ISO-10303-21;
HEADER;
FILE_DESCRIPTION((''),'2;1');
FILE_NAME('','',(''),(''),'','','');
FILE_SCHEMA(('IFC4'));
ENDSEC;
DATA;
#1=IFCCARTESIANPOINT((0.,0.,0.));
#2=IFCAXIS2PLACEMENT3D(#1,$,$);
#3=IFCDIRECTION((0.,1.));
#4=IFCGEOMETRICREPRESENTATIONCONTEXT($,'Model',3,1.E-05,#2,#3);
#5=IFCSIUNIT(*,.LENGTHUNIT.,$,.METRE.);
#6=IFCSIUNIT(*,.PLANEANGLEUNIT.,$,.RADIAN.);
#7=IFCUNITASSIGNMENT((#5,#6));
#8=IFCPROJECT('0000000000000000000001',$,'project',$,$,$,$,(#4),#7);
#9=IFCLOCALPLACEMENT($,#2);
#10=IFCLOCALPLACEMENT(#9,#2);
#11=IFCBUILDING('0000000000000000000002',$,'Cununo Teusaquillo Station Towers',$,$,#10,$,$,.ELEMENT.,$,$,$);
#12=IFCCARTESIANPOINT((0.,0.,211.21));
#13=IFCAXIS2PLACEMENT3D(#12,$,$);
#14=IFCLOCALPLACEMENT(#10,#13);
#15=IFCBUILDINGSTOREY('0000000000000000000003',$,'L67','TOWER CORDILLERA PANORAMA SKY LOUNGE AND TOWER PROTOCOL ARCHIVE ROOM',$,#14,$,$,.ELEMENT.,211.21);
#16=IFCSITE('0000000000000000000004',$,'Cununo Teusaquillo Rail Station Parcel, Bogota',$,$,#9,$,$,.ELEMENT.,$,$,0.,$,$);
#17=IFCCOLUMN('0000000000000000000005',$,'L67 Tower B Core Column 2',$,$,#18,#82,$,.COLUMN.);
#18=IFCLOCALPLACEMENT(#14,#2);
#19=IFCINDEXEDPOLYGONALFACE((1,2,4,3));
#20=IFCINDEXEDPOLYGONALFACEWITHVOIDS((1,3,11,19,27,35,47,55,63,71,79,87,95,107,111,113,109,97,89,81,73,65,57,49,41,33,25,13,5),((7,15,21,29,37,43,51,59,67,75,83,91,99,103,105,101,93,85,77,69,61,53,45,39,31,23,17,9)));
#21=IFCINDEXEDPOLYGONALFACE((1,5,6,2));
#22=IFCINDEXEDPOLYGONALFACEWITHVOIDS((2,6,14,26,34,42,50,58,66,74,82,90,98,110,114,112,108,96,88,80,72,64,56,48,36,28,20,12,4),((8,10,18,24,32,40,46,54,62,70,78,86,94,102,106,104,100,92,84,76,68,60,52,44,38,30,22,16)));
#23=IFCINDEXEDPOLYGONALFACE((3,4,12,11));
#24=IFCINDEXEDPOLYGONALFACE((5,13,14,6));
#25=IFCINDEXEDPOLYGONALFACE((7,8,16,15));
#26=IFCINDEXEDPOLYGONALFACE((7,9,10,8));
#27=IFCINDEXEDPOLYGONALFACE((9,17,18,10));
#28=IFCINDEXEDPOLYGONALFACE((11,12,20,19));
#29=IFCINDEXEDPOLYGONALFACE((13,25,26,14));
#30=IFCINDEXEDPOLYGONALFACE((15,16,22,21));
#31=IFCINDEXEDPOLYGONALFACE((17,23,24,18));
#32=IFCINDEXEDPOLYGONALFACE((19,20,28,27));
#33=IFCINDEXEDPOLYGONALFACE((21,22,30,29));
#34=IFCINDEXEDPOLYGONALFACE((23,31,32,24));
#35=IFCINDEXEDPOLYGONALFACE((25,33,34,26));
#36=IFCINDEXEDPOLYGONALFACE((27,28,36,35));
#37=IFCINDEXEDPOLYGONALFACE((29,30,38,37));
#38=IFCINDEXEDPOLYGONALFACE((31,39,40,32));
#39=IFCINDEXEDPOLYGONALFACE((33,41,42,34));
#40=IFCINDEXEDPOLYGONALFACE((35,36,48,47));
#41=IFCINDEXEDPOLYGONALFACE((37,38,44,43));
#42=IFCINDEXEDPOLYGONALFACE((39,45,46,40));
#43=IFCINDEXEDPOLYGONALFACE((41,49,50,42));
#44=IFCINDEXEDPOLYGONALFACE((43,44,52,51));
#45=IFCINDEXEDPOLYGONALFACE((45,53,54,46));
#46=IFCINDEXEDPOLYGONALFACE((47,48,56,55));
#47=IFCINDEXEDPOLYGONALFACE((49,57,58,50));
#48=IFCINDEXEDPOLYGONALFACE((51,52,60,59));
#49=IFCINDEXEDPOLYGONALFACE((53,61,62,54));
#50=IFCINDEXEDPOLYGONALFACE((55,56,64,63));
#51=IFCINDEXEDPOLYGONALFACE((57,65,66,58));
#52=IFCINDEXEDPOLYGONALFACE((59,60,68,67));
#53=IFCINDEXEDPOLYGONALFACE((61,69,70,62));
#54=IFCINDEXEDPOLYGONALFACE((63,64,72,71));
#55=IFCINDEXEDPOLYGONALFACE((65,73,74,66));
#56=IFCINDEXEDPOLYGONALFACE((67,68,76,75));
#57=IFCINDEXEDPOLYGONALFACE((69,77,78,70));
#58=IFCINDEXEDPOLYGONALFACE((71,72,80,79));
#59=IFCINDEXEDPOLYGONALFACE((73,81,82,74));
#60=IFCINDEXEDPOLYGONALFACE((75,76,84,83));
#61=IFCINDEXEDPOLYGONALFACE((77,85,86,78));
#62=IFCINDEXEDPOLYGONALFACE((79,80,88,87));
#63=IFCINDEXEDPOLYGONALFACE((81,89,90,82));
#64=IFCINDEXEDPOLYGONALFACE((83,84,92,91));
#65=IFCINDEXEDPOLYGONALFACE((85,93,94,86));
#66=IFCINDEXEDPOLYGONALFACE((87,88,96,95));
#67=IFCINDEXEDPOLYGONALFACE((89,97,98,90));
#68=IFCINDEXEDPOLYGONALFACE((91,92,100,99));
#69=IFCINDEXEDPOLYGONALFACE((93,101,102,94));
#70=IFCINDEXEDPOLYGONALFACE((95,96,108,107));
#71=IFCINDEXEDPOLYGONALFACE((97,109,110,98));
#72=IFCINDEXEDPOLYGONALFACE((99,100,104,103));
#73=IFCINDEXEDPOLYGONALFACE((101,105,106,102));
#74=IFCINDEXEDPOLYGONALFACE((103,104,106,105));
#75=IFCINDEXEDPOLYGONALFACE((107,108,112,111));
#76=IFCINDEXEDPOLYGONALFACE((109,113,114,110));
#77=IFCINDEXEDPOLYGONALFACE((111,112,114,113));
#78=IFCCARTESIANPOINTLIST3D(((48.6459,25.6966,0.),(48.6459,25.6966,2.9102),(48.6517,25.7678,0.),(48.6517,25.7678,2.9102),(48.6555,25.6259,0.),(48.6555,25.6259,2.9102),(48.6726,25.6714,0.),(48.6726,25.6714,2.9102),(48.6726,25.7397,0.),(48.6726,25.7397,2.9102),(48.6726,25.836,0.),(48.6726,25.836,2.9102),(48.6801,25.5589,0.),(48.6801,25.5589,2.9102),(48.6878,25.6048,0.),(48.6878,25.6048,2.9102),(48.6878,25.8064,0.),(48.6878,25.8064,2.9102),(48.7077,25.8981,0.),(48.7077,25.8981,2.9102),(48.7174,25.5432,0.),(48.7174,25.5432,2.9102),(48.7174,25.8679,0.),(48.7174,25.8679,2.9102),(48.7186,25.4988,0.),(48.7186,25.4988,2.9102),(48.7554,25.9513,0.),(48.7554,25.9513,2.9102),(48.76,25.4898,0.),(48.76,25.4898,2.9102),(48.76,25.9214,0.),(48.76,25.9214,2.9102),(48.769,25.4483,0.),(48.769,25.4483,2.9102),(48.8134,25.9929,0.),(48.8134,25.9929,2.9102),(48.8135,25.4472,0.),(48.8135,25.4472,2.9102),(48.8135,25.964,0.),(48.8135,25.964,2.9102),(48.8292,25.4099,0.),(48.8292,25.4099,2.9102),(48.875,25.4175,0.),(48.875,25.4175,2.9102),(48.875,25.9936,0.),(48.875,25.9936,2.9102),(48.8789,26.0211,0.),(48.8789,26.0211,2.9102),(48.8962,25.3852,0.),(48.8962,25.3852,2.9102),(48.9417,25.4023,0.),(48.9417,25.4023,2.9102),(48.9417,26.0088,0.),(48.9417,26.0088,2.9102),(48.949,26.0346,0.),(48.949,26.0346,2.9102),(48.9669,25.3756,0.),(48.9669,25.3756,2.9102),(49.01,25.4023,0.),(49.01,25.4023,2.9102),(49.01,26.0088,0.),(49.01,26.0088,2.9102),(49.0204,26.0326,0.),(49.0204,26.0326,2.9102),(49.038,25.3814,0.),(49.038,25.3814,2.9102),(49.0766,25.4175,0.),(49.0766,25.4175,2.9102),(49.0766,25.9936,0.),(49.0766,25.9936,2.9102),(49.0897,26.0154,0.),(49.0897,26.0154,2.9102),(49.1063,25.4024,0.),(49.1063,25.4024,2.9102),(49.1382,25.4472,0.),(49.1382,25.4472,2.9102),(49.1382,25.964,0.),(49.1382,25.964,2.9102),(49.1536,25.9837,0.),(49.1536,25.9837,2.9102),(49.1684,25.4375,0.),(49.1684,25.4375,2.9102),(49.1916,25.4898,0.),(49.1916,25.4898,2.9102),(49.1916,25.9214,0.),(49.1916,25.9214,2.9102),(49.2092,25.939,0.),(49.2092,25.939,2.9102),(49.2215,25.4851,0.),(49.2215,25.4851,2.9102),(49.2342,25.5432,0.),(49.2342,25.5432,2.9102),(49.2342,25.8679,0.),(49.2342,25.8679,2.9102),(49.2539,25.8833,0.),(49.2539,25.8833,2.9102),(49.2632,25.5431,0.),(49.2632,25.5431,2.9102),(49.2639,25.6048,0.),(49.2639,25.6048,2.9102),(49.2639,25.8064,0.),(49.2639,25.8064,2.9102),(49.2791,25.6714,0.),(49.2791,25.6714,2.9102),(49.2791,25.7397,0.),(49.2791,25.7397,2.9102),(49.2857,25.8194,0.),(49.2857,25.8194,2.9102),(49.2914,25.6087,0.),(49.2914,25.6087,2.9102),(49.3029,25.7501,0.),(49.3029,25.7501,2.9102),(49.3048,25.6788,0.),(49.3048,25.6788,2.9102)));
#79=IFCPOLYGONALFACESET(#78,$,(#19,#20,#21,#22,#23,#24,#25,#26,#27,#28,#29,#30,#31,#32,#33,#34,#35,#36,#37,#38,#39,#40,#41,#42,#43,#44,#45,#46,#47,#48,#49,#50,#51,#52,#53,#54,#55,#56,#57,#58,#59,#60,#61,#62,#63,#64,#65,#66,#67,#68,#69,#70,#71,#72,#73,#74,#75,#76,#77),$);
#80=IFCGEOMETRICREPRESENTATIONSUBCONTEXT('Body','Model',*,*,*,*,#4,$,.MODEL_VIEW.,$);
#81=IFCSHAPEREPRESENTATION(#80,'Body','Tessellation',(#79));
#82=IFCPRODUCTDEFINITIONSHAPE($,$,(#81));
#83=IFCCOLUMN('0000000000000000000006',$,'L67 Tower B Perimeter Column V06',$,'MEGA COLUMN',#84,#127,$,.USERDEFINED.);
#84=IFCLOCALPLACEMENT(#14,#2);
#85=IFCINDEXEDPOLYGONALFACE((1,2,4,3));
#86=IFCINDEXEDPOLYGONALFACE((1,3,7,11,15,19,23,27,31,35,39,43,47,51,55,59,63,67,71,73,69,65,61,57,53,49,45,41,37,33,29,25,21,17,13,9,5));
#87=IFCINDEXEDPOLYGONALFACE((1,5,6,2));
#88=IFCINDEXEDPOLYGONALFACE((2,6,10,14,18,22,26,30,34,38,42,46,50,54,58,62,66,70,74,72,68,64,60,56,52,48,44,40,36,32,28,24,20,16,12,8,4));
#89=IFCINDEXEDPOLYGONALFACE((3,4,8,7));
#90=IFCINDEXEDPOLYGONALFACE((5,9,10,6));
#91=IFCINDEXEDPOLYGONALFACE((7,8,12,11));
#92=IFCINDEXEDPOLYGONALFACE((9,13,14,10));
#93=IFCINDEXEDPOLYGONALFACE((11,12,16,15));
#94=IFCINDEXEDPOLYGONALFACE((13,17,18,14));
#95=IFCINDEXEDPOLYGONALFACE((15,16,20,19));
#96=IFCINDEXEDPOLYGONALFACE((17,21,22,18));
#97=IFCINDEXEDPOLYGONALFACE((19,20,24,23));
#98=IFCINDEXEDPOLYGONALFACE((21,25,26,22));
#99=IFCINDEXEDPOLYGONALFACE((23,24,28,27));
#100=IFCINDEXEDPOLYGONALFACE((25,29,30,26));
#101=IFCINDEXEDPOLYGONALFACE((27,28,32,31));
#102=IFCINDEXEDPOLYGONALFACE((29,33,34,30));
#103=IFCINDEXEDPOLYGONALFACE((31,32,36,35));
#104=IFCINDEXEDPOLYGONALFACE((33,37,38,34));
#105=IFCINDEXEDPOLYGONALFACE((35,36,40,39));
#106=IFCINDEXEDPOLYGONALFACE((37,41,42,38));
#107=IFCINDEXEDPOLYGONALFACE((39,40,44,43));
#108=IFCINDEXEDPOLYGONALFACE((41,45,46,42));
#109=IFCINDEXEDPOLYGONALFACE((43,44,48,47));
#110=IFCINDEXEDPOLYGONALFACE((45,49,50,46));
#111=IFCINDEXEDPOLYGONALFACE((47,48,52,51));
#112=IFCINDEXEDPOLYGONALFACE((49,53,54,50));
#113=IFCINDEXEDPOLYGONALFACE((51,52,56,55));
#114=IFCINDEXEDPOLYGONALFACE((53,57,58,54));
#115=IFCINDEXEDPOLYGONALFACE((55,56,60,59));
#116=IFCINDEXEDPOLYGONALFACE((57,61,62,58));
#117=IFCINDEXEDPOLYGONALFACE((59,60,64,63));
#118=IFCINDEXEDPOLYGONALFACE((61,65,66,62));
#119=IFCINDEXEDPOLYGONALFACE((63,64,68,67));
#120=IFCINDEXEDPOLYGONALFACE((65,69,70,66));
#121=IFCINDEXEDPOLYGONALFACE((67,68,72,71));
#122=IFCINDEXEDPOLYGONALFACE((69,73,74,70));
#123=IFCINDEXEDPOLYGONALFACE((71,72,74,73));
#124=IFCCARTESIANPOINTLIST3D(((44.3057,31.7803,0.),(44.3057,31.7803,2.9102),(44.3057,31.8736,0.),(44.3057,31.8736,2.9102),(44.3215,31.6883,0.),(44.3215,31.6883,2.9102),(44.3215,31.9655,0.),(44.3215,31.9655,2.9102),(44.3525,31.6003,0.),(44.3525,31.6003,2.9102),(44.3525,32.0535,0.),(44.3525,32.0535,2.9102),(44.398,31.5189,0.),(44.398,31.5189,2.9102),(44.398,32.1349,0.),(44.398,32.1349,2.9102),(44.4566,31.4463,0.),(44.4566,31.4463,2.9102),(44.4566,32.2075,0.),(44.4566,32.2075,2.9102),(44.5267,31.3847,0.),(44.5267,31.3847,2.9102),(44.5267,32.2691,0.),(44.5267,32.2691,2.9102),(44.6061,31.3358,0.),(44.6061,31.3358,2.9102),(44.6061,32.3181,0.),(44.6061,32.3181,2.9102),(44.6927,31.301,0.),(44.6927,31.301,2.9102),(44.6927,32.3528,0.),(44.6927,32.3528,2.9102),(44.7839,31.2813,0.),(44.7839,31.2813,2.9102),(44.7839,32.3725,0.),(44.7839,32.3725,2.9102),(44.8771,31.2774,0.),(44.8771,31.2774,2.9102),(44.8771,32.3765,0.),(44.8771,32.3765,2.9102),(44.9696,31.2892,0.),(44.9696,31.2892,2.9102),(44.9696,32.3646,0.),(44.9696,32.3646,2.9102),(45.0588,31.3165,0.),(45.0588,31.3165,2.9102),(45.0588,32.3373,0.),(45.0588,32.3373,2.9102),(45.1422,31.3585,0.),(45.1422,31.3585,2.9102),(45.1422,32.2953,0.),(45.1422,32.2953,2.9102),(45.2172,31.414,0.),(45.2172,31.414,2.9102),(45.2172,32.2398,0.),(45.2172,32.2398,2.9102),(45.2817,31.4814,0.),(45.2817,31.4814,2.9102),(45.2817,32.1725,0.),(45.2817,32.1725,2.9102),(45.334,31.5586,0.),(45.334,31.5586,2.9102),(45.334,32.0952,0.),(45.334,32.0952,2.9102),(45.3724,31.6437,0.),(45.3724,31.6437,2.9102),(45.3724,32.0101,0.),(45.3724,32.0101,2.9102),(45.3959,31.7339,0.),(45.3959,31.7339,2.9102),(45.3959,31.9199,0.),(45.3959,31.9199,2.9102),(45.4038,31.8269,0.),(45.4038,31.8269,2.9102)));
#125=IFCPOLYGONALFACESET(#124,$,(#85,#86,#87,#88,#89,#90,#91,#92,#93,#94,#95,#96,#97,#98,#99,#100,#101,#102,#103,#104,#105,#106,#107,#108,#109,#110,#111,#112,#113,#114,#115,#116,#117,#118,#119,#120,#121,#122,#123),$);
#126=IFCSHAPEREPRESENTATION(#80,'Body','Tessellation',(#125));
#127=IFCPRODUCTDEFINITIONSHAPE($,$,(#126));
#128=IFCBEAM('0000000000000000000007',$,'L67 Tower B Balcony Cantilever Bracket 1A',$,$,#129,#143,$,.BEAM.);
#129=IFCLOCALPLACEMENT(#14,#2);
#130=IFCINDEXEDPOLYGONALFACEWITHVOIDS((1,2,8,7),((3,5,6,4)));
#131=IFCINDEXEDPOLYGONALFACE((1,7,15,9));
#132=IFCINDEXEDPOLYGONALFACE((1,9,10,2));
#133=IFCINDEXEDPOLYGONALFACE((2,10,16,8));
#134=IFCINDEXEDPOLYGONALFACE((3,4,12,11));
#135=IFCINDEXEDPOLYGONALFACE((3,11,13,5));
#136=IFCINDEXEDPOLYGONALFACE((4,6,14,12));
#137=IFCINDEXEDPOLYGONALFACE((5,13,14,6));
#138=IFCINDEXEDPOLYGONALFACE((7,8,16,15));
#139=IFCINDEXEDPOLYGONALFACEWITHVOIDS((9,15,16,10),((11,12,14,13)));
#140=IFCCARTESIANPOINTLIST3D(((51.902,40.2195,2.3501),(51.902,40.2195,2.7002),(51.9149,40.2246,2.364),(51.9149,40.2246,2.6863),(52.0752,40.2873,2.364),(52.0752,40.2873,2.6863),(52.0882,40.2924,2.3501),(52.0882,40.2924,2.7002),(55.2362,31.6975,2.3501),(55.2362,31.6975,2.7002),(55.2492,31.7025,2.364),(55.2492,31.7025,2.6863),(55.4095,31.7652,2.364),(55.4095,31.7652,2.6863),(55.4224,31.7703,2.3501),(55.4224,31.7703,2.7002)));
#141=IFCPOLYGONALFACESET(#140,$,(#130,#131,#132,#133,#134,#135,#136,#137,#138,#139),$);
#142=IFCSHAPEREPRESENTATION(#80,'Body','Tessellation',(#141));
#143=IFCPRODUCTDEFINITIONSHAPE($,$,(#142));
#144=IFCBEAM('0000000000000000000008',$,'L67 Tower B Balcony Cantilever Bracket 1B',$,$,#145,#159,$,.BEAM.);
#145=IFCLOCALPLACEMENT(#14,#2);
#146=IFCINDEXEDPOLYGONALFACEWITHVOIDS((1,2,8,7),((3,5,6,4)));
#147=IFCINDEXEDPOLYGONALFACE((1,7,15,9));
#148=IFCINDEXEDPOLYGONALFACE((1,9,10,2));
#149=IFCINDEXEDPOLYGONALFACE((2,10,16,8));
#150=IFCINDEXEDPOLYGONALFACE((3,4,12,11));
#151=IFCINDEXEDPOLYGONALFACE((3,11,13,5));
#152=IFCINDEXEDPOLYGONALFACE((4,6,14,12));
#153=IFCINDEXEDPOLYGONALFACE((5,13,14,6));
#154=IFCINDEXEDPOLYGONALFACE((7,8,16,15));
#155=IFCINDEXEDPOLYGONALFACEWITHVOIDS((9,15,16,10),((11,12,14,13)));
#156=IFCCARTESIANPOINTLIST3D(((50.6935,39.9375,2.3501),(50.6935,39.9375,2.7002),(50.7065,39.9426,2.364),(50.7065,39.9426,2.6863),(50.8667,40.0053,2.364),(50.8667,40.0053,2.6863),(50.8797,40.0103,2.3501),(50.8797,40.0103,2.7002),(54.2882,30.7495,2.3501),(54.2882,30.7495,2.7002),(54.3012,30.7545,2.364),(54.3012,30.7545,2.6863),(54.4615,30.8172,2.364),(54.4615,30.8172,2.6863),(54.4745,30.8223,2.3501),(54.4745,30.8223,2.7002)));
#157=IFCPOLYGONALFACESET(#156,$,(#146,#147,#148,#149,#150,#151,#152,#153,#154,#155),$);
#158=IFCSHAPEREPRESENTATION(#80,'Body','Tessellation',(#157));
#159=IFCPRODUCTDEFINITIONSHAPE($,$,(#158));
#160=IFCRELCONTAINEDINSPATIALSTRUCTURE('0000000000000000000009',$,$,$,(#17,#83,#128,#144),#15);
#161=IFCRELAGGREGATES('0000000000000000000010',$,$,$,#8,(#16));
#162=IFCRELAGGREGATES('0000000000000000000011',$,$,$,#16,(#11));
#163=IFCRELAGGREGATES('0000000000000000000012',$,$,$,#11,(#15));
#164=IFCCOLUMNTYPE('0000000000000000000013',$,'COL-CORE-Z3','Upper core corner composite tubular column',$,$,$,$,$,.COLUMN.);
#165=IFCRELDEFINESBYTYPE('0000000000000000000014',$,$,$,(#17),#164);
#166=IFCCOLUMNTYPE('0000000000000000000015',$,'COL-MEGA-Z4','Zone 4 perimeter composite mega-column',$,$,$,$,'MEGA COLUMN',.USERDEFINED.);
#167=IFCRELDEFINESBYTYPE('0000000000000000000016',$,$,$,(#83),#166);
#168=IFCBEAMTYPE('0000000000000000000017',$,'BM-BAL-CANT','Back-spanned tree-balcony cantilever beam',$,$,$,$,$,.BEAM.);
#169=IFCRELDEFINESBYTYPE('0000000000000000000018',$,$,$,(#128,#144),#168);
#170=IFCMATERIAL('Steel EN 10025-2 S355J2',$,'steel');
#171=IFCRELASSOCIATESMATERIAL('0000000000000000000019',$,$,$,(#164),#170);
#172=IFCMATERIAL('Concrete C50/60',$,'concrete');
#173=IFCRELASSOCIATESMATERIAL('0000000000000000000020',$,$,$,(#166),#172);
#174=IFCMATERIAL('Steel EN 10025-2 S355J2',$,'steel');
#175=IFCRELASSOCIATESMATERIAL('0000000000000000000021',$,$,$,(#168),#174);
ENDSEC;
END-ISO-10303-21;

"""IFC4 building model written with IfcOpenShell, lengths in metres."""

from ifc_helpers import new_model, si_unit, direction, frame, origin, origin_2d, place, context, subcontext, project, spatial, hollow_rectangle, circle, hollow_circle, extrude, material, material_profile, profile_set, type_object, element, save


model = new_model("IFC4")

# Units and contexts
model_context = context("Model", 3, precision=1e-05, world=origin(), true_north=direction((0.0, 1.0)))
body_context = subcontext(model_context, "Body", "Model", "MODEL_VIEW")
ifc_project = project(units=[si_unit("LENGTHUNIT", "METRE"), si_unit("PLANEANGLEUNIT", "RADIAN")], contexts=[model_context])

# Site, building, storey
site_placement = place(None, origin())
site = spatial("IfcSite", under=ifc_project, at=site_placement, Name="Cununo Teusaquillo Rail Station Parcel, Bogota", CompositionType="ELEMENT", RefElevation=0.0)
building_placement = place(site_placement, origin())
building = spatial("IfcBuilding", under=site, at=building_placement, Name="Cununo Teusaquillo Station Towers", CompositionType="ELEMENT")
storey_placement = place(building_placement, frame((0.0, 0.0, 211.21)))
storey = spatial("IfcBuildingStorey", under=building, at=storey_placement, Name="L67", Description="TOWER CORDILLERA PANORAMA SKY LOUNGE AND TOWER PROTOCOL ARCHIVE ROOM", CompositionType="ELEMENT", Elevation=211.21)

# Columns
ifc_material_1 = material(Name="Steel EN 10025-2 S355J2", Category="steel")
ifc_material_profile_1 = material_profile(ifc_material_1, hollow_circle(Radius=0.3301, WallThickness=0.0249, at=origin_2d()), Name="CHS 660x25")
ifc_profile_set_1 = profile_set([ifc_material_profile_1], Name="Steel EN 10025-2 S355J2")
column_type_1 = type_object("IfcColumnType", Name="COL-CORE-Z3", Description="Upper core corner composite tubular column", PredefinedType="COLUMN", material=ifc_profile_set_1)
column_1_placement = place(storey_placement, frame((48.9758, 25.7056, 0.0), z_axis=(0.0, 0.0, 1.0), x_axis=(0.707107, 0.707107, 0.0)))
element("IfcColumn", 1, at=column_1_placement, inside=storey, type_object=column_type_1, Name="L67 Tower B Core Column 2", PredefinedType="COLUMN", context=body_context, shape_type="SweptSolid", body=[
    extrude(hollow_circle(Radius=0.3301, WallThickness=0.0249, at=origin_2d()), origin(), (0.0, 0.0, 1.0), 2.9102),
])
ifc_material_2 = material(Name="Concrete C50/60", Category="concrete")
ifc_material_profile_2 = material_profile(ifc_material_2, circle(Radius=0.55, at=origin_2d()), Name="RC-CIRC-1100")
ifc_profile_set_2 = profile_set([ifc_material_profile_2], Name="Concrete C50/60")
column_type_2 = type_object("IfcColumnType", Name="COL-MEGA-Z4", Description="Zone 4 perimeter composite mega-column", ElementType="MEGA COLUMN", PredefinedType="USERDEFINED", material=ifc_profile_set_2)
column_2_placement = place(storey_placement, frame((44.8538, 31.8269, 0.0), z_axis=(0.0, 0.0, 1.0), x_axis=(1.0, 0.0, 0.0)))
element("IfcColumn", 2, at=column_2_placement, inside=storey, type_object=column_type_2, Name="L67 Tower B Perimeter Column V06", ObjectType="MEGA COLUMN", PredefinedType="USERDEFINED", context=body_context, shape_type="SweptSolid", body=[
    extrude(circle(Radius=0.55, at=origin_2d()), origin(), (0.0, 0.0, 1.0), 2.9102),
])

# Beams
ifc_material_3 = material(Name="Steel EN 10025-2 S355J2", Category="steel")
ifc_material_profile_3 = material_profile(ifc_material_3, hollow_rectangle(XDim=0.2, YDim=0.3501, WallThickness=0.0139, at=origin_2d()), Name="RHS 350x200x14")
ifc_profile_set_3 = profile_set([ifc_material_profile_3], Name="Steel EN 10025-2 S355J2")
beam_type_1 = type_object("IfcBeamType", Name="BM-BAL-CANT", Description="Back-spanned tree-balcony cantilever beam", PredefinedType="BEAM", material=ifc_profile_set_3)
beam_1_placement = place(storey_placement, frame((55.3293, 31.7339, 2.5251), z_axis=(-0.364356, 0.93126, 0.0), x_axis=(-0.93126, -0.364356, 0.0)))
element("IfcBeam", 3, at=beam_1_placement, inside=storey, type_object=beam_type_1, Name="L67 Tower B Balcony Cantilever Bracket 1A", PredefinedType="BEAM", context=body_context, shape_type="SweptSolid", body=[
    extrude(hollow_rectangle(XDim=0.2, YDim=0.3501, WallThickness=0.0139, at=origin_2d()), origin(), (0.0, 0.0, 1.0), 9.1511),
])
beam_2_placement = place(storey_placement, frame((54.3813, 30.7859, 2.5251), z_axis=(-0.364349, 0.931262, 0.0), x_axis=(-0.931262, -0.364349, 0.0)))
element("IfcBeam", 4, at=beam_2_placement, inside=storey, type_object=beam_type_1, Name="L67 Tower B Balcony Cantilever Bracket 1B", PredefinedType="BEAM", context=body_context, shape_type="SweptSolid", body=[
    extrude(hollow_rectangle(XDim=0.2, YDim=0.3501, WallThickness=0.0139, at=origin_2d()), origin(), (0.0, 0.0, 1.0), 9.8662),
])

save(model, "model.ifc")
